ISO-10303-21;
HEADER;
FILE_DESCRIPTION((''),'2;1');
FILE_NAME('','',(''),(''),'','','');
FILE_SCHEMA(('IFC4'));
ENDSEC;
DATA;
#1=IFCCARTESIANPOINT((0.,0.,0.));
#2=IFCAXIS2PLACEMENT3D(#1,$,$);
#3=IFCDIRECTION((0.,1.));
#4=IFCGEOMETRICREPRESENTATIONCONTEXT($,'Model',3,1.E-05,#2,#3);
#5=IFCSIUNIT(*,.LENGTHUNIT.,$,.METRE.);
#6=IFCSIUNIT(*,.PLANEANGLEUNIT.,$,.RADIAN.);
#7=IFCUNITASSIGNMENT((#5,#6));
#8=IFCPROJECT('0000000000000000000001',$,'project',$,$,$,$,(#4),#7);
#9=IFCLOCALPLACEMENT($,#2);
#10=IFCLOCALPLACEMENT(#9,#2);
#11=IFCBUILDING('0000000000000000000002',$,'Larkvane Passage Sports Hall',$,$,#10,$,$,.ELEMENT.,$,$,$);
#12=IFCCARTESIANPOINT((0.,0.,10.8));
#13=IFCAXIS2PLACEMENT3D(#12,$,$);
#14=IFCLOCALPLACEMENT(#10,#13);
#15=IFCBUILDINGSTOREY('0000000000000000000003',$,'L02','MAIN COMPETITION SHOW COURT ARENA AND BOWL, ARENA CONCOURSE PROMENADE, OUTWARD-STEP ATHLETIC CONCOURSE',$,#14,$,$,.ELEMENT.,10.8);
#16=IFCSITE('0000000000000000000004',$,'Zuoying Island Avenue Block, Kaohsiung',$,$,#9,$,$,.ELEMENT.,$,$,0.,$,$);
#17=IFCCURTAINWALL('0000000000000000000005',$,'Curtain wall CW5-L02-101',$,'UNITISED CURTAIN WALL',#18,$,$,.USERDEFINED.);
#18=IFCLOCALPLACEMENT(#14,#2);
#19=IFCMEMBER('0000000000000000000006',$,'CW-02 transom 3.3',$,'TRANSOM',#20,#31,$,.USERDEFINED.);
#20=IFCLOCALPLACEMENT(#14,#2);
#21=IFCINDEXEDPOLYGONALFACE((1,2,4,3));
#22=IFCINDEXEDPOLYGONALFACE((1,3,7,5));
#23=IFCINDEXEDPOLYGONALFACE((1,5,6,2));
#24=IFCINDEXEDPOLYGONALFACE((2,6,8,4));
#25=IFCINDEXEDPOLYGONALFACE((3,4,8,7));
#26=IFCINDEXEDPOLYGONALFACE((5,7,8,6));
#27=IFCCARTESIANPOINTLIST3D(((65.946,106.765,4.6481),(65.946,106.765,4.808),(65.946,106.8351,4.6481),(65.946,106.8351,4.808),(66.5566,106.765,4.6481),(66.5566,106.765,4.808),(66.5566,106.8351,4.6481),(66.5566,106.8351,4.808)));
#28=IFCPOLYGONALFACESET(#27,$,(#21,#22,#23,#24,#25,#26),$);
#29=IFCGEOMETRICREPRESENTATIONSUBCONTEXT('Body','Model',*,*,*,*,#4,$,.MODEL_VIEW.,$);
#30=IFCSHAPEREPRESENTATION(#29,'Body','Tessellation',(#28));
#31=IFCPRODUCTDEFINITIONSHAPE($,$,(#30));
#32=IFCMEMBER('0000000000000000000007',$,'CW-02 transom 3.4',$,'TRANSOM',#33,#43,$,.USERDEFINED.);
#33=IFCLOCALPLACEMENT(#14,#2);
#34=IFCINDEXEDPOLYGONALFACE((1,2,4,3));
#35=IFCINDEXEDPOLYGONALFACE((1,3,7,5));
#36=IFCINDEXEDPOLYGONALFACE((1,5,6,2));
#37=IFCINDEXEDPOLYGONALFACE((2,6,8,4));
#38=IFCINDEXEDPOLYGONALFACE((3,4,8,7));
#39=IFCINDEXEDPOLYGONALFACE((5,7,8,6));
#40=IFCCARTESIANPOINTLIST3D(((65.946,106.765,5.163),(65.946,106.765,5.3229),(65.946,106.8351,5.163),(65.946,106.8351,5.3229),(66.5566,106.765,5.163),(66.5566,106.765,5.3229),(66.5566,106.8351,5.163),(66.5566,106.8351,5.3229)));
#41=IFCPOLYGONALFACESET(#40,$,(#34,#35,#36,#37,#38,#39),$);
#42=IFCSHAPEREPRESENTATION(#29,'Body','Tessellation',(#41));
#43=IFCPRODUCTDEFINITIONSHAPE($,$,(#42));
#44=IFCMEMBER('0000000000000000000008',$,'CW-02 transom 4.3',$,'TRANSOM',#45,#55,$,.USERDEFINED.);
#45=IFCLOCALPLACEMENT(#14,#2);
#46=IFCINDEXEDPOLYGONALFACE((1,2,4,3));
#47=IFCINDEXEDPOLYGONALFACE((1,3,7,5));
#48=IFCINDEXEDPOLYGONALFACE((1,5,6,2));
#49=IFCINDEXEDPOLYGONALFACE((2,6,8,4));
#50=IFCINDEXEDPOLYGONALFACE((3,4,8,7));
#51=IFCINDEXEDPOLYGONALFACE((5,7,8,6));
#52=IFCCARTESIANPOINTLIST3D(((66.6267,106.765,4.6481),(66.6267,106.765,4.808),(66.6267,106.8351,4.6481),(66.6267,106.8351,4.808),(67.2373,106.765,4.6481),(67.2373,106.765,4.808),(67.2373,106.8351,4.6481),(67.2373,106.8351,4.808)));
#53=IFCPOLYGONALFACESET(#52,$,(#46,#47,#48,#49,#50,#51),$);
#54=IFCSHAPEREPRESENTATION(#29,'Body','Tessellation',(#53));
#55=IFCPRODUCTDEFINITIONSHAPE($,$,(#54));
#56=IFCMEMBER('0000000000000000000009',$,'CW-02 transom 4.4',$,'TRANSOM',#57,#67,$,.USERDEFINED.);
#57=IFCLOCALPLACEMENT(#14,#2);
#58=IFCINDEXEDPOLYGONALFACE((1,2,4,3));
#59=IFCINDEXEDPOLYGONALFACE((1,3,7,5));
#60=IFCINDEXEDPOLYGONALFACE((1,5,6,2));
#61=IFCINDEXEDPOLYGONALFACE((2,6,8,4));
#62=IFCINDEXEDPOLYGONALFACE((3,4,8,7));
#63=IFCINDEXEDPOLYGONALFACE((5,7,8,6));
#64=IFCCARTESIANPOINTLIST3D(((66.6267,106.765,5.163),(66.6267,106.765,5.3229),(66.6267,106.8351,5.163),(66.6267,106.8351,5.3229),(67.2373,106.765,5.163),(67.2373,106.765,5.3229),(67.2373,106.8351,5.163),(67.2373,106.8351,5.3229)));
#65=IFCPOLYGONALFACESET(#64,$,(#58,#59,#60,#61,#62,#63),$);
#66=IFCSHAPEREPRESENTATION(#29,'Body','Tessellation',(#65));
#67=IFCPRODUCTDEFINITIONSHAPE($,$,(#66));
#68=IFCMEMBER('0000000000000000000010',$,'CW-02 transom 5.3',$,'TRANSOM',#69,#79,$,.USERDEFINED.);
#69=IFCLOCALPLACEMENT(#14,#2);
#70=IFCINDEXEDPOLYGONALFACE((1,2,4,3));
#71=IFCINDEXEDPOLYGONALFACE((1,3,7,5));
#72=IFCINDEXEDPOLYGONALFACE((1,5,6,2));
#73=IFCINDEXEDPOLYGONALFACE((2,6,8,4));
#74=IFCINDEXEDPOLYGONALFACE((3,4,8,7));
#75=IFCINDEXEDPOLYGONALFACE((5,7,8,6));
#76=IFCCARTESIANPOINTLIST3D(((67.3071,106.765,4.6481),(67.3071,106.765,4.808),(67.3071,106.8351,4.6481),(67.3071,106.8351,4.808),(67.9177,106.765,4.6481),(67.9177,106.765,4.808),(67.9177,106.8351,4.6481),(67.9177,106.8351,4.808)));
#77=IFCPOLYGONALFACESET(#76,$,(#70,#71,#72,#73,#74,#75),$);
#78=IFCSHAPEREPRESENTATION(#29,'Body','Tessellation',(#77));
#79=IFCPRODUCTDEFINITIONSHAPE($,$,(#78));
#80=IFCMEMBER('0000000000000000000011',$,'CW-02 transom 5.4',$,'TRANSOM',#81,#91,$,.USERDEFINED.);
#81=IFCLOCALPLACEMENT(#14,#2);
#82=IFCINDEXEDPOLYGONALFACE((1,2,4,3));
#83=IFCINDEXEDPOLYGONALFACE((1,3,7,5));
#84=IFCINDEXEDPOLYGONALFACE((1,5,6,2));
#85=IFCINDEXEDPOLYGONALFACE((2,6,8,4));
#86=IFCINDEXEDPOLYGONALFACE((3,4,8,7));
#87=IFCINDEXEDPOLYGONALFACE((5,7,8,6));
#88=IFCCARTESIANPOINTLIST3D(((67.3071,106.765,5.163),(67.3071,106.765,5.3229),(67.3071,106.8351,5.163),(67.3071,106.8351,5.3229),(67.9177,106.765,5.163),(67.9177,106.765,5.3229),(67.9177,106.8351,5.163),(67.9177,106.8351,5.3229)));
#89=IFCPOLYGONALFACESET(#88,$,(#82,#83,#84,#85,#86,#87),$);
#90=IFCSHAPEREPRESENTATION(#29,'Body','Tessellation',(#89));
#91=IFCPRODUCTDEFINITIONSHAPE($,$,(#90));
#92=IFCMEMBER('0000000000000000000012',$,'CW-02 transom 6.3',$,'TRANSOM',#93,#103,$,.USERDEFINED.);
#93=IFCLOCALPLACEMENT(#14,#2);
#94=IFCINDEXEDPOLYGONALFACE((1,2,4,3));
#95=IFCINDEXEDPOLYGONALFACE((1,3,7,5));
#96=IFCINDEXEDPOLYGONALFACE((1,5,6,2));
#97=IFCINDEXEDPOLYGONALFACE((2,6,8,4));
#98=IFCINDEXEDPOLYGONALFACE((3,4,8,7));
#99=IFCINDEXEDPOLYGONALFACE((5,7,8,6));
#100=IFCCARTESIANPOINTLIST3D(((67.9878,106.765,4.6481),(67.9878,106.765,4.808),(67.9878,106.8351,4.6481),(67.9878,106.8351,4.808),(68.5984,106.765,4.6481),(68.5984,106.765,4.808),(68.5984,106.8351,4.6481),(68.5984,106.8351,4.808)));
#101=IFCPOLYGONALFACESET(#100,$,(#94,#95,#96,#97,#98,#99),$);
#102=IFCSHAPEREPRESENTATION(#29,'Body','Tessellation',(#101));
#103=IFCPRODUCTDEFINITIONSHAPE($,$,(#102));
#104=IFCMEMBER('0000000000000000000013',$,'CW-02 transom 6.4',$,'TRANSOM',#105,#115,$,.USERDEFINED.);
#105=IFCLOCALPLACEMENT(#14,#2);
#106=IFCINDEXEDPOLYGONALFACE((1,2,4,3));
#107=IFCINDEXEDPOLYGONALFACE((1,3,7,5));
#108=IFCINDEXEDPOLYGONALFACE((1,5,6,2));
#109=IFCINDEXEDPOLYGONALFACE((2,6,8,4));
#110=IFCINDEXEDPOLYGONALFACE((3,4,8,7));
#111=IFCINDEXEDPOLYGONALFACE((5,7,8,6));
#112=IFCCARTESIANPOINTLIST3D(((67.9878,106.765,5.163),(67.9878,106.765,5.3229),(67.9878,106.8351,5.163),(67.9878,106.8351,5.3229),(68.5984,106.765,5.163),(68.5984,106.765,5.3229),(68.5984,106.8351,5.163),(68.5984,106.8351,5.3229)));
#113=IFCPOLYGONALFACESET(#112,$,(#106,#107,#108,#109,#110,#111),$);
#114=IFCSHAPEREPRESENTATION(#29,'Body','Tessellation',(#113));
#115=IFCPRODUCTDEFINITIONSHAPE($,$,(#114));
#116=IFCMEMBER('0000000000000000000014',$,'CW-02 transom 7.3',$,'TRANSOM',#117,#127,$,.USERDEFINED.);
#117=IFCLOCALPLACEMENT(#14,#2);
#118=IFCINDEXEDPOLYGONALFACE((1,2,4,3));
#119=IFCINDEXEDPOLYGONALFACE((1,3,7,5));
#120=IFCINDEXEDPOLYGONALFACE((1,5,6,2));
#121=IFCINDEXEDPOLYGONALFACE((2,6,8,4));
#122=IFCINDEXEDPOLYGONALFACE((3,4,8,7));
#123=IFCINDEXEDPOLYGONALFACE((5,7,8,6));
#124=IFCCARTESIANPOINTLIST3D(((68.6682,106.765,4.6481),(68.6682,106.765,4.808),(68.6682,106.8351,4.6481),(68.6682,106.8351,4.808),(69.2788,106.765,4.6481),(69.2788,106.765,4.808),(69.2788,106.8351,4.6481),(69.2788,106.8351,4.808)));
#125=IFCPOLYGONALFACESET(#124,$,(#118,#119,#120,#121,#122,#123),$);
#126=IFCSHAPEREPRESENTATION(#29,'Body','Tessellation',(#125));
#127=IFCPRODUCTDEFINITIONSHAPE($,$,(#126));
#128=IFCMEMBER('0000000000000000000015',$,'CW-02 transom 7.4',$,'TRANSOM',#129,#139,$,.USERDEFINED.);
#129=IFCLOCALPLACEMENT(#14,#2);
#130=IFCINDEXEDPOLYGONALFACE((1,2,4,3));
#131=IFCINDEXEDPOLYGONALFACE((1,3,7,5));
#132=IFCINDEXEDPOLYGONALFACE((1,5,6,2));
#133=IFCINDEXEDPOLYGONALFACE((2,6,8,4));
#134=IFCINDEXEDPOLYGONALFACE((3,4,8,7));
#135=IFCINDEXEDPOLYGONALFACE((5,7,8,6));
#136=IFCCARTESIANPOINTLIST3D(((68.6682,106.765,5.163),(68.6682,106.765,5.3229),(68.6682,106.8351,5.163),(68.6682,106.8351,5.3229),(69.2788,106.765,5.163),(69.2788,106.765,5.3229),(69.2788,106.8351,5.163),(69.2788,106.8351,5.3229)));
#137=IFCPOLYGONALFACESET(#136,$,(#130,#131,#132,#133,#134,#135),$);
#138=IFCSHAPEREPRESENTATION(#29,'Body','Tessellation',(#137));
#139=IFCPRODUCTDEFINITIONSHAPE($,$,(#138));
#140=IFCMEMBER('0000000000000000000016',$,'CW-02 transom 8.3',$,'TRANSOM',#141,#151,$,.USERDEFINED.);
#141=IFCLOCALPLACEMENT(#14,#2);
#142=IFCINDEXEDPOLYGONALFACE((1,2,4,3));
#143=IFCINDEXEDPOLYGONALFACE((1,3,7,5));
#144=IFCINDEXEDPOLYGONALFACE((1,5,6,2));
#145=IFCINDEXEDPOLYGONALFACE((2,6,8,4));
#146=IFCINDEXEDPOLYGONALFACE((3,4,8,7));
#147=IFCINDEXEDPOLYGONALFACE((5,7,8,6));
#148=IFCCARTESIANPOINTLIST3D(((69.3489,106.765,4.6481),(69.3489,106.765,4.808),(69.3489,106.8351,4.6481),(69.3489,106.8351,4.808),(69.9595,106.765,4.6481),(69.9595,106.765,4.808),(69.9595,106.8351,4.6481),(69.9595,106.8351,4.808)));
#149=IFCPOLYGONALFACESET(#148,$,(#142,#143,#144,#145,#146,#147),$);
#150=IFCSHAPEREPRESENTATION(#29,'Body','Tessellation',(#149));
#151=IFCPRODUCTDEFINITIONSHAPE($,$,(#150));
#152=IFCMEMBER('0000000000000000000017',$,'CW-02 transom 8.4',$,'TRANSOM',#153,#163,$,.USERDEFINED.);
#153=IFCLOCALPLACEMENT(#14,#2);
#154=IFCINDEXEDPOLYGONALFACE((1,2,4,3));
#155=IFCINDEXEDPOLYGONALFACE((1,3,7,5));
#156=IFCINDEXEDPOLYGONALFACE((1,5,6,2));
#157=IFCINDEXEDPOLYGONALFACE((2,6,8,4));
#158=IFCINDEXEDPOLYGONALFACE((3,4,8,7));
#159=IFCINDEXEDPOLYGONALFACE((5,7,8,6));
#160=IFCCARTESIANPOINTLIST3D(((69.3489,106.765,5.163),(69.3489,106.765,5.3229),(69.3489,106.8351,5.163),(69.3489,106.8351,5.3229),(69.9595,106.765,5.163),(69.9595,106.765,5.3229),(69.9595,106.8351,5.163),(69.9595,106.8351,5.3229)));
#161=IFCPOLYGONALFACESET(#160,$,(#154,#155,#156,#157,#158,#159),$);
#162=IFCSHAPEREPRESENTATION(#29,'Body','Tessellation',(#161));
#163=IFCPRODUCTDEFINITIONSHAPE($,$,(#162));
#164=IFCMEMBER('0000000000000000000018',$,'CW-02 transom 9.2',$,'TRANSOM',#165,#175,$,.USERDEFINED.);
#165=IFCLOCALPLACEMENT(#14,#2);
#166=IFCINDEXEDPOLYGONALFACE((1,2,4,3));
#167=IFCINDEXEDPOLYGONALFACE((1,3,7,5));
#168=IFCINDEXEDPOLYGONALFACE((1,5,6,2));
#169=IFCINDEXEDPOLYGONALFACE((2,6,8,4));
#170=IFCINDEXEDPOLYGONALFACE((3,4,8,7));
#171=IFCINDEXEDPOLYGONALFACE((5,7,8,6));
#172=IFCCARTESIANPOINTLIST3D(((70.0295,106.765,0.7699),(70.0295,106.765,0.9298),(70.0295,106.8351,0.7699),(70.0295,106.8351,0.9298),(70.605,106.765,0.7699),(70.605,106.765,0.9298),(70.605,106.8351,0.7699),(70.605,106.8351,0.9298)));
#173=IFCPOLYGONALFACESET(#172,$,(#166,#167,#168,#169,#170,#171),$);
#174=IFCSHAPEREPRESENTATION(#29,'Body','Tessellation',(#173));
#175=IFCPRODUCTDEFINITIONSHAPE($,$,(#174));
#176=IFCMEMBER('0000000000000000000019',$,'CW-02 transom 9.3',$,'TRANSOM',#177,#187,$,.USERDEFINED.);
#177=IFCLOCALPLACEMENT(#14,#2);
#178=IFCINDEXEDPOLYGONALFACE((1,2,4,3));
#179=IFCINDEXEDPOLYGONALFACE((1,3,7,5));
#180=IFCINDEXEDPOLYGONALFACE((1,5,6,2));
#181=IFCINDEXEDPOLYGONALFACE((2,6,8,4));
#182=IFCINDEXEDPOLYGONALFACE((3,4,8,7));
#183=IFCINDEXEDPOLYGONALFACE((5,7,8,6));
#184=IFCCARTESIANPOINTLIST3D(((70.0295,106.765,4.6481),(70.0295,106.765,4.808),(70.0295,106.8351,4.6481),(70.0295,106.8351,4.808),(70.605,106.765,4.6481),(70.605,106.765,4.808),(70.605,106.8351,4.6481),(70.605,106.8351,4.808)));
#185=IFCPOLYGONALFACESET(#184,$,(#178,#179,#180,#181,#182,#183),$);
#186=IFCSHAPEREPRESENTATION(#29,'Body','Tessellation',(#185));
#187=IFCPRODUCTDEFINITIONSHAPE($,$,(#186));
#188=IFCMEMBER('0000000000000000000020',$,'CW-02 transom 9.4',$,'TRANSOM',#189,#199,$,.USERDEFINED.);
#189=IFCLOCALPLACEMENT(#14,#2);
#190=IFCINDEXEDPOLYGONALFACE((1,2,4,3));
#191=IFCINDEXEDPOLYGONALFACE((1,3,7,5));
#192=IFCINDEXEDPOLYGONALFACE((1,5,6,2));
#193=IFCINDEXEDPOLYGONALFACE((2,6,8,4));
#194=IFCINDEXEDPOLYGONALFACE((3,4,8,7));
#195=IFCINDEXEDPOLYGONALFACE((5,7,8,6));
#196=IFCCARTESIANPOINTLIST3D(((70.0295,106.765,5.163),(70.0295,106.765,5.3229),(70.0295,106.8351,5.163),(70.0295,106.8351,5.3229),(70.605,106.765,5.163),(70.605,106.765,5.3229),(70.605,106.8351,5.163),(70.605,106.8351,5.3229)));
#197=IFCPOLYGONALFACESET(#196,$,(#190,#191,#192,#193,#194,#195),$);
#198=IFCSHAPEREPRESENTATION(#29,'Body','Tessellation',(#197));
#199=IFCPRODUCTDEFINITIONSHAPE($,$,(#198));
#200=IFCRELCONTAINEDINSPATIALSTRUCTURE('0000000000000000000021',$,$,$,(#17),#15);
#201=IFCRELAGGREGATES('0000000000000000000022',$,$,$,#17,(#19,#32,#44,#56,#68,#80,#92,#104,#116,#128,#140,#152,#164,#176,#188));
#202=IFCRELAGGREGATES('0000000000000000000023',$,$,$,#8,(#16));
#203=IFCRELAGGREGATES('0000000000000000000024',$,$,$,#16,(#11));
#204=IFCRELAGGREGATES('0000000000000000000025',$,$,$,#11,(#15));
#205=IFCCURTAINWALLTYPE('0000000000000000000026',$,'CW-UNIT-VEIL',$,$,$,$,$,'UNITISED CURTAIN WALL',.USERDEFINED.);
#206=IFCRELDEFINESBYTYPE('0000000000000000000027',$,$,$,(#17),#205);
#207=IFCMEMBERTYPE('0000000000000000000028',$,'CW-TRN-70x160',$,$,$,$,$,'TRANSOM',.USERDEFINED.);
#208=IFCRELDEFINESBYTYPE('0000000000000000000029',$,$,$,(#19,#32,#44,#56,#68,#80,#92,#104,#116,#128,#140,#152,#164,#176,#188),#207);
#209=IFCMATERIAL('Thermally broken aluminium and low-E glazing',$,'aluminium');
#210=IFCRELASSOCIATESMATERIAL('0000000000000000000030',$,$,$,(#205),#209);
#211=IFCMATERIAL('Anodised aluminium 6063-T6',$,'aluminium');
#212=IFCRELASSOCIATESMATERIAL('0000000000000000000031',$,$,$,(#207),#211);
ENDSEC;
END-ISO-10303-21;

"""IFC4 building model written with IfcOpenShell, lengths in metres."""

from ifc_helpers import new_model, si_unit, direction, frame, origin, origin_2d, place, context, subcontext, project, spatial, rectangle, extrude, material, material_profile, profile_set, type_object, element, aggregate, save


model = new_model("IFC4")

# Units and contexts
model_context = context("Model", 3, precision=1e-05, world=origin(), true_north=direction((0.0, 1.0)))
body_context = subcontext(model_context, "Body", "Model", "MODEL_VIEW")
ifc_project = project(units=[si_unit("LENGTHUNIT", "METRE"), si_unit("PLANEANGLEUNIT", "RADIAN")], contexts=[model_context])

# Site, building, storey
site_placement = place(None, origin())
site = spatial("IfcSite", under=ifc_project, at=site_placement, Name="Zuoying Island Avenue Block, Kaohsiung", CompositionType="ELEMENT", RefElevation=0.0)
building_placement = place(site_placement, origin())
building = spatial("IfcBuilding", under=site, at=building_placement, Name="Larkvane Passage Sports Hall", CompositionType="ELEMENT")
storey_placement = place(building_placement, frame((0.0, 0.0, 10.8)))
storey = spatial("IfcBuildingStorey", under=building, at=storey_placement, Name="L02", Description="MAIN COMPETITION SHOW COURT ARENA AND BOWL, ARENA CONCOURSE PROMENADE, OUTWARD-STEP ATHLETIC CONCOURSE", CompositionType="ELEMENT", Elevation=10.8)

# Curtain wall, members
ifc_material_1 = material(Name="Thermally broken aluminium and low-E glazing", Category="aluminium")
curtain_wall_type = type_object("IfcCurtainWallType", Name="CW-UNIT-VEIL", ElementType="UNITISED CURTAIN WALL", PredefinedType="USERDEFINED", material=ifc_material_1)
curtain_wall_placement = place(storey_placement, origin())
curtain_wall = element("IfcCurtainWall", 1, at=curtain_wall_placement, inside=storey, type_object=curtain_wall_type, Name="Curtain wall CW5-L02-101", ObjectType="UNITISED CURTAIN WALL", PredefinedType="USERDEFINED")
ifc_material_2 = material(Name="Anodised aluminium 6063-T6", Category="aluminium")
ifc_material_profile = material_profile(ifc_material_2, rectangle(XDim=0.0701, YDim=0.1599, at=origin_2d()), Name="ALU-TRN-70x160")
ifc_profile_set = profile_set([ifc_material_profile], Name="Anodised aluminium 6063-T6")
member_type = type_object("IfcMemberType", Name="CW-TRN-70x160", ElementType="TRANSOM", PredefinedType="USERDEFINED", material=ifc_profile_set)
member_1_placement = place(storey_placement, frame((65.946, 106.8, 4.728), z_axis=(1.0, 0.0, 0.0), x_axis=(0.0, 1.0, 0.0)))
member_1 = element("IfcMember", 2, at=member_1_placement, type_object=member_type, Name="CW-02 transom 3.3", ObjectType="TRANSOM", PredefinedType="USERDEFINED", context=body_context, shape_type="SweptSolid", body=[
    extrude(rectangle(XDim=0.0701, YDim=0.1599, at=origin_2d()), origin(), (0.0, 0.0, 1.0), 0.6106),
])
member_2_placement = place(storey_placement, frame((65.946, 106.8, 5.2429), z_axis=(1.0, 0.0, 0.0), x_axis=(0.0, 1.0, 0.0)))
member_2 = element("IfcMember", 3, at=member_2_placement, type_object=member_type, Name="CW-02 transom 3.4", ObjectType="TRANSOM", PredefinedType="USERDEFINED", context=body_context, shape_type="SweptSolid", body=[
    extrude(rectangle(XDim=0.0701, YDim=0.1599, at=origin_2d()), origin(), (0.0, 0.0, 1.0), 0.6106),
])
member_3_placement = place(storey_placement, frame((66.6267, 106.8, 4.728), z_axis=(1.0, 0.0, 0.0), x_axis=(0.0, 1.0, 0.0)))
member_3 = element("IfcMember", 4, at=member_3_placement, type_object=member_type, Name="CW-02 transom 4.3", ObjectType="TRANSOM", PredefinedType="USERDEFINED", context=body_context, shape_type="SweptSolid", body=[
    extrude(rectangle(XDim=0.0701, YDim=0.1599, at=origin_2d()), origin(), (0.0, 0.0, 1.0), 0.6106),
])
member_4_placement = place(storey_placement, frame((66.6267, 106.8, 5.2429), z_axis=(1.0, 0.0, 0.0), x_axis=(0.0, 1.0, 0.0)))
member_4 = element("IfcMember", 5, at=member_4_placement, type_object=member_type, Name="CW-02 transom 4.4", ObjectType="TRANSOM", PredefinedType="USERDEFINED", context=body_context, shape_type="SweptSolid", body=[
    extrude(rectangle(XDim=0.0701, YDim=0.1599, at=origin_2d()), origin(), (0.0, 0.0, 1.0), 0.6106),
])
member_5_placement = place(storey_placement, frame((67.3071, 106.8, 4.728), z_axis=(1.0, 0.0, 0.0), x_axis=(0.0, 1.0, 0.0)))
member_5 = element("IfcMember", 6, at=member_5_placement, type_object=member_type, Name="CW-02 transom 5.3", ObjectType="TRANSOM", PredefinedType="USERDEFINED", context=body_context, shape_type="SweptSolid", body=[
    extrude(rectangle(XDim=0.0701, YDim=0.1599, at=origin_2d()), origin(), (0.0, 0.0, 1.0), 0.6106),
])
member_6_placement = place(storey_placement, frame((67.3071, 106.8, 5.2429), z_axis=(1.0, 0.0, 0.0), x_axis=(0.0, 1.0, 0.0)))
member_6 = element("IfcMember", 7, at=member_6_placement, type_object=member_type, Name="CW-02 transom 5.4", ObjectType="TRANSOM", PredefinedType="USERDEFINED", context=body_context, shape_type="SweptSolid", body=[
    extrude(rectangle(XDim=0.0701, YDim=0.1599, at=origin_2d()), origin(), (0.0, 0.0, 1.0), 0.6106),
])
member_7_placement = place(storey_placement, frame((67.9878, 106.8, 4.728), z_axis=(1.0, 0.0, 0.0), x_axis=(0.0, 1.0, 0.0)))
member_7 = element("IfcMember", 8, at=member_7_placement, type_object=member_type, Name="CW-02 transom 6.3", ObjectType="TRANSOM", PredefinedType="USERDEFINED", context=body_context, shape_type="SweptSolid", body=[
    extrude(rectangle(XDim=0.0701, YDim=0.1599, at=origin_2d()), origin(), (0.0, 0.0, 1.0), 0.6106),
])
member_8_placement = place(storey_placement, frame((67.9878, 106.8, 5.2429), z_axis=(1.0, 0.0, 0.0), x_axis=(0.0, 1.0, 0.0)))
member_8 = element("IfcMember", 9, at=member_8_placement, type_object=member_type, Name="CW-02 transom 6.4", ObjectType="TRANSOM", PredefinedType="USERDEFINED", context=body_context, shape_type="SweptSolid", body=[
    extrude(rectangle(XDim=0.0701, YDim=0.1599, at=origin_2d()), origin(), (0.0, 0.0, 1.0), 0.6106),
])
member_9_placement = place(storey_placement, frame((68.6682, 106.8, 4.728), z_axis=(1.0, 0.0, 0.0), x_axis=(0.0, 1.0, 0.0)))
member_9 = element("IfcMember", 10, at=member_9_placement, type_object=member_type, Name="CW-02 transom 7.3", ObjectType="TRANSOM", PredefinedType="USERDEFINED", context=body_context, shape_type="SweptSolid", body=[
    extrude(rectangle(XDim=0.0701, YDim=0.1599, at=origin_2d()), origin(), (0.0, 0.0, 1.0), 0.6106),
])
member_10_placement = place(storey_placement, frame((68.6682, 106.8, 5.2429), z_axis=(1.0, 0.0, 0.0), x_axis=(0.0, 1.0, 0.0)))
member_10 = element("IfcMember", 11, at=member_10_placement, type_object=member_type, Name="CW-02 transom 7.4", ObjectType="TRANSOM", PredefinedType="USERDEFINED", context=body_context, shape_type="SweptSolid", body=[
    extrude(rectangle(XDim=0.0701, YDim=0.1599, at=origin_2d()), origin(), (0.0, 0.0, 1.0), 0.6106),
])
member_11_placement = place(storey_placement, frame((69.3489, 106.8, 4.728), z_axis=(1.0, 0.0, 0.0), x_axis=(0.0, 1.0, 0.0)))
member_11 = element("IfcMember", 12, at=member_11_placement, type_object=member_type, Name="CW-02 transom 8.3", ObjectType="TRANSOM", PredefinedType="USERDEFINED", context=body_context, shape_type="SweptSolid", body=[
    extrude(rectangle(XDim=0.0701, YDim=0.1599, at=origin_2d()), origin(), (0.0, 0.0, 1.0), 0.6106),
])
member_12_placement = place(storey_placement, frame((69.3489, 106.8, 5.2429), z_axis=(1.0, 0.0, 0.0), x_axis=(0.0, 1.0, 0.0)))
member_12 = element("IfcMember", 13, at=member_12_placement, type_object=member_type, Name="CW-02 transom 8.4", ObjectType="TRANSOM", PredefinedType="USERDEFINED", context=body_context, shape_type="SweptSolid", body=[
    extrude(rectangle(XDim=0.0701, YDim=0.1599, at=origin_2d()), origin(), (0.0, 0.0, 1.0), 0.6106),
])
member_13_placement = place(storey_placement, frame((70.0295, 106.8, 0.8499), z_axis=(1.0, 0.0, 0.0), x_axis=(0.0, 1.0, 0.0)))
member_13 = element("IfcMember", 14, at=member_13_placement, type_object=member_type, Name="CW-02 transom 9.2", ObjectType="TRANSOM", PredefinedType="USERDEFINED", context=body_context, shape_type="SweptSolid", body=[
    extrude(rectangle(XDim=0.0701, YDim=0.1599, at=origin_2d()), origin(), (0.0, 0.0, 1.0), 0.5754),
])
member_14_placement = place(storey_placement, frame((70.0295, 106.8, 4.728), z_axis=(1.0, 0.0, 0.0), x_axis=(0.0, 1.0, 0.0)))
member_14 = element("IfcMember", 15, at=member_14_placement, type_object=member_type, Name="CW-02 transom 9.3", ObjectType="TRANSOM", PredefinedType="USERDEFINED", context=body_context, shape_type="SweptSolid", body=[
    extrude(rectangle(XDim=0.0701, YDim=0.1599, at=origin_2d()), origin(), (0.0, 0.0, 1.0), 0.5754),
])
member_15_placement = place(storey_placement, frame((70.0295, 106.8, 5.2429), z_axis=(1.0, 0.0, 0.0), x_axis=(0.0, 1.0, 0.0)))
member_15 = element("IfcMember", 16, at=member_15_placement, type_object=member_type, Name="CW-02 transom 9.4", ObjectType="TRANSOM", PredefinedType="USERDEFINED", context=body_context, shape_type="SweptSolid", body=[
    extrude(rectangle(XDim=0.0701, YDim=0.1599, at=origin_2d()), origin(), (0.0, 0.0, 1.0), 0.5754),
])
aggregate(curtain_wall, [member_1, member_2, member_3, member_4, member_5, member_6, member_7, member_8, member_9, member_10, member_11, member_12, member_13, member_14, member_15])

save(model, "model.ifc")
